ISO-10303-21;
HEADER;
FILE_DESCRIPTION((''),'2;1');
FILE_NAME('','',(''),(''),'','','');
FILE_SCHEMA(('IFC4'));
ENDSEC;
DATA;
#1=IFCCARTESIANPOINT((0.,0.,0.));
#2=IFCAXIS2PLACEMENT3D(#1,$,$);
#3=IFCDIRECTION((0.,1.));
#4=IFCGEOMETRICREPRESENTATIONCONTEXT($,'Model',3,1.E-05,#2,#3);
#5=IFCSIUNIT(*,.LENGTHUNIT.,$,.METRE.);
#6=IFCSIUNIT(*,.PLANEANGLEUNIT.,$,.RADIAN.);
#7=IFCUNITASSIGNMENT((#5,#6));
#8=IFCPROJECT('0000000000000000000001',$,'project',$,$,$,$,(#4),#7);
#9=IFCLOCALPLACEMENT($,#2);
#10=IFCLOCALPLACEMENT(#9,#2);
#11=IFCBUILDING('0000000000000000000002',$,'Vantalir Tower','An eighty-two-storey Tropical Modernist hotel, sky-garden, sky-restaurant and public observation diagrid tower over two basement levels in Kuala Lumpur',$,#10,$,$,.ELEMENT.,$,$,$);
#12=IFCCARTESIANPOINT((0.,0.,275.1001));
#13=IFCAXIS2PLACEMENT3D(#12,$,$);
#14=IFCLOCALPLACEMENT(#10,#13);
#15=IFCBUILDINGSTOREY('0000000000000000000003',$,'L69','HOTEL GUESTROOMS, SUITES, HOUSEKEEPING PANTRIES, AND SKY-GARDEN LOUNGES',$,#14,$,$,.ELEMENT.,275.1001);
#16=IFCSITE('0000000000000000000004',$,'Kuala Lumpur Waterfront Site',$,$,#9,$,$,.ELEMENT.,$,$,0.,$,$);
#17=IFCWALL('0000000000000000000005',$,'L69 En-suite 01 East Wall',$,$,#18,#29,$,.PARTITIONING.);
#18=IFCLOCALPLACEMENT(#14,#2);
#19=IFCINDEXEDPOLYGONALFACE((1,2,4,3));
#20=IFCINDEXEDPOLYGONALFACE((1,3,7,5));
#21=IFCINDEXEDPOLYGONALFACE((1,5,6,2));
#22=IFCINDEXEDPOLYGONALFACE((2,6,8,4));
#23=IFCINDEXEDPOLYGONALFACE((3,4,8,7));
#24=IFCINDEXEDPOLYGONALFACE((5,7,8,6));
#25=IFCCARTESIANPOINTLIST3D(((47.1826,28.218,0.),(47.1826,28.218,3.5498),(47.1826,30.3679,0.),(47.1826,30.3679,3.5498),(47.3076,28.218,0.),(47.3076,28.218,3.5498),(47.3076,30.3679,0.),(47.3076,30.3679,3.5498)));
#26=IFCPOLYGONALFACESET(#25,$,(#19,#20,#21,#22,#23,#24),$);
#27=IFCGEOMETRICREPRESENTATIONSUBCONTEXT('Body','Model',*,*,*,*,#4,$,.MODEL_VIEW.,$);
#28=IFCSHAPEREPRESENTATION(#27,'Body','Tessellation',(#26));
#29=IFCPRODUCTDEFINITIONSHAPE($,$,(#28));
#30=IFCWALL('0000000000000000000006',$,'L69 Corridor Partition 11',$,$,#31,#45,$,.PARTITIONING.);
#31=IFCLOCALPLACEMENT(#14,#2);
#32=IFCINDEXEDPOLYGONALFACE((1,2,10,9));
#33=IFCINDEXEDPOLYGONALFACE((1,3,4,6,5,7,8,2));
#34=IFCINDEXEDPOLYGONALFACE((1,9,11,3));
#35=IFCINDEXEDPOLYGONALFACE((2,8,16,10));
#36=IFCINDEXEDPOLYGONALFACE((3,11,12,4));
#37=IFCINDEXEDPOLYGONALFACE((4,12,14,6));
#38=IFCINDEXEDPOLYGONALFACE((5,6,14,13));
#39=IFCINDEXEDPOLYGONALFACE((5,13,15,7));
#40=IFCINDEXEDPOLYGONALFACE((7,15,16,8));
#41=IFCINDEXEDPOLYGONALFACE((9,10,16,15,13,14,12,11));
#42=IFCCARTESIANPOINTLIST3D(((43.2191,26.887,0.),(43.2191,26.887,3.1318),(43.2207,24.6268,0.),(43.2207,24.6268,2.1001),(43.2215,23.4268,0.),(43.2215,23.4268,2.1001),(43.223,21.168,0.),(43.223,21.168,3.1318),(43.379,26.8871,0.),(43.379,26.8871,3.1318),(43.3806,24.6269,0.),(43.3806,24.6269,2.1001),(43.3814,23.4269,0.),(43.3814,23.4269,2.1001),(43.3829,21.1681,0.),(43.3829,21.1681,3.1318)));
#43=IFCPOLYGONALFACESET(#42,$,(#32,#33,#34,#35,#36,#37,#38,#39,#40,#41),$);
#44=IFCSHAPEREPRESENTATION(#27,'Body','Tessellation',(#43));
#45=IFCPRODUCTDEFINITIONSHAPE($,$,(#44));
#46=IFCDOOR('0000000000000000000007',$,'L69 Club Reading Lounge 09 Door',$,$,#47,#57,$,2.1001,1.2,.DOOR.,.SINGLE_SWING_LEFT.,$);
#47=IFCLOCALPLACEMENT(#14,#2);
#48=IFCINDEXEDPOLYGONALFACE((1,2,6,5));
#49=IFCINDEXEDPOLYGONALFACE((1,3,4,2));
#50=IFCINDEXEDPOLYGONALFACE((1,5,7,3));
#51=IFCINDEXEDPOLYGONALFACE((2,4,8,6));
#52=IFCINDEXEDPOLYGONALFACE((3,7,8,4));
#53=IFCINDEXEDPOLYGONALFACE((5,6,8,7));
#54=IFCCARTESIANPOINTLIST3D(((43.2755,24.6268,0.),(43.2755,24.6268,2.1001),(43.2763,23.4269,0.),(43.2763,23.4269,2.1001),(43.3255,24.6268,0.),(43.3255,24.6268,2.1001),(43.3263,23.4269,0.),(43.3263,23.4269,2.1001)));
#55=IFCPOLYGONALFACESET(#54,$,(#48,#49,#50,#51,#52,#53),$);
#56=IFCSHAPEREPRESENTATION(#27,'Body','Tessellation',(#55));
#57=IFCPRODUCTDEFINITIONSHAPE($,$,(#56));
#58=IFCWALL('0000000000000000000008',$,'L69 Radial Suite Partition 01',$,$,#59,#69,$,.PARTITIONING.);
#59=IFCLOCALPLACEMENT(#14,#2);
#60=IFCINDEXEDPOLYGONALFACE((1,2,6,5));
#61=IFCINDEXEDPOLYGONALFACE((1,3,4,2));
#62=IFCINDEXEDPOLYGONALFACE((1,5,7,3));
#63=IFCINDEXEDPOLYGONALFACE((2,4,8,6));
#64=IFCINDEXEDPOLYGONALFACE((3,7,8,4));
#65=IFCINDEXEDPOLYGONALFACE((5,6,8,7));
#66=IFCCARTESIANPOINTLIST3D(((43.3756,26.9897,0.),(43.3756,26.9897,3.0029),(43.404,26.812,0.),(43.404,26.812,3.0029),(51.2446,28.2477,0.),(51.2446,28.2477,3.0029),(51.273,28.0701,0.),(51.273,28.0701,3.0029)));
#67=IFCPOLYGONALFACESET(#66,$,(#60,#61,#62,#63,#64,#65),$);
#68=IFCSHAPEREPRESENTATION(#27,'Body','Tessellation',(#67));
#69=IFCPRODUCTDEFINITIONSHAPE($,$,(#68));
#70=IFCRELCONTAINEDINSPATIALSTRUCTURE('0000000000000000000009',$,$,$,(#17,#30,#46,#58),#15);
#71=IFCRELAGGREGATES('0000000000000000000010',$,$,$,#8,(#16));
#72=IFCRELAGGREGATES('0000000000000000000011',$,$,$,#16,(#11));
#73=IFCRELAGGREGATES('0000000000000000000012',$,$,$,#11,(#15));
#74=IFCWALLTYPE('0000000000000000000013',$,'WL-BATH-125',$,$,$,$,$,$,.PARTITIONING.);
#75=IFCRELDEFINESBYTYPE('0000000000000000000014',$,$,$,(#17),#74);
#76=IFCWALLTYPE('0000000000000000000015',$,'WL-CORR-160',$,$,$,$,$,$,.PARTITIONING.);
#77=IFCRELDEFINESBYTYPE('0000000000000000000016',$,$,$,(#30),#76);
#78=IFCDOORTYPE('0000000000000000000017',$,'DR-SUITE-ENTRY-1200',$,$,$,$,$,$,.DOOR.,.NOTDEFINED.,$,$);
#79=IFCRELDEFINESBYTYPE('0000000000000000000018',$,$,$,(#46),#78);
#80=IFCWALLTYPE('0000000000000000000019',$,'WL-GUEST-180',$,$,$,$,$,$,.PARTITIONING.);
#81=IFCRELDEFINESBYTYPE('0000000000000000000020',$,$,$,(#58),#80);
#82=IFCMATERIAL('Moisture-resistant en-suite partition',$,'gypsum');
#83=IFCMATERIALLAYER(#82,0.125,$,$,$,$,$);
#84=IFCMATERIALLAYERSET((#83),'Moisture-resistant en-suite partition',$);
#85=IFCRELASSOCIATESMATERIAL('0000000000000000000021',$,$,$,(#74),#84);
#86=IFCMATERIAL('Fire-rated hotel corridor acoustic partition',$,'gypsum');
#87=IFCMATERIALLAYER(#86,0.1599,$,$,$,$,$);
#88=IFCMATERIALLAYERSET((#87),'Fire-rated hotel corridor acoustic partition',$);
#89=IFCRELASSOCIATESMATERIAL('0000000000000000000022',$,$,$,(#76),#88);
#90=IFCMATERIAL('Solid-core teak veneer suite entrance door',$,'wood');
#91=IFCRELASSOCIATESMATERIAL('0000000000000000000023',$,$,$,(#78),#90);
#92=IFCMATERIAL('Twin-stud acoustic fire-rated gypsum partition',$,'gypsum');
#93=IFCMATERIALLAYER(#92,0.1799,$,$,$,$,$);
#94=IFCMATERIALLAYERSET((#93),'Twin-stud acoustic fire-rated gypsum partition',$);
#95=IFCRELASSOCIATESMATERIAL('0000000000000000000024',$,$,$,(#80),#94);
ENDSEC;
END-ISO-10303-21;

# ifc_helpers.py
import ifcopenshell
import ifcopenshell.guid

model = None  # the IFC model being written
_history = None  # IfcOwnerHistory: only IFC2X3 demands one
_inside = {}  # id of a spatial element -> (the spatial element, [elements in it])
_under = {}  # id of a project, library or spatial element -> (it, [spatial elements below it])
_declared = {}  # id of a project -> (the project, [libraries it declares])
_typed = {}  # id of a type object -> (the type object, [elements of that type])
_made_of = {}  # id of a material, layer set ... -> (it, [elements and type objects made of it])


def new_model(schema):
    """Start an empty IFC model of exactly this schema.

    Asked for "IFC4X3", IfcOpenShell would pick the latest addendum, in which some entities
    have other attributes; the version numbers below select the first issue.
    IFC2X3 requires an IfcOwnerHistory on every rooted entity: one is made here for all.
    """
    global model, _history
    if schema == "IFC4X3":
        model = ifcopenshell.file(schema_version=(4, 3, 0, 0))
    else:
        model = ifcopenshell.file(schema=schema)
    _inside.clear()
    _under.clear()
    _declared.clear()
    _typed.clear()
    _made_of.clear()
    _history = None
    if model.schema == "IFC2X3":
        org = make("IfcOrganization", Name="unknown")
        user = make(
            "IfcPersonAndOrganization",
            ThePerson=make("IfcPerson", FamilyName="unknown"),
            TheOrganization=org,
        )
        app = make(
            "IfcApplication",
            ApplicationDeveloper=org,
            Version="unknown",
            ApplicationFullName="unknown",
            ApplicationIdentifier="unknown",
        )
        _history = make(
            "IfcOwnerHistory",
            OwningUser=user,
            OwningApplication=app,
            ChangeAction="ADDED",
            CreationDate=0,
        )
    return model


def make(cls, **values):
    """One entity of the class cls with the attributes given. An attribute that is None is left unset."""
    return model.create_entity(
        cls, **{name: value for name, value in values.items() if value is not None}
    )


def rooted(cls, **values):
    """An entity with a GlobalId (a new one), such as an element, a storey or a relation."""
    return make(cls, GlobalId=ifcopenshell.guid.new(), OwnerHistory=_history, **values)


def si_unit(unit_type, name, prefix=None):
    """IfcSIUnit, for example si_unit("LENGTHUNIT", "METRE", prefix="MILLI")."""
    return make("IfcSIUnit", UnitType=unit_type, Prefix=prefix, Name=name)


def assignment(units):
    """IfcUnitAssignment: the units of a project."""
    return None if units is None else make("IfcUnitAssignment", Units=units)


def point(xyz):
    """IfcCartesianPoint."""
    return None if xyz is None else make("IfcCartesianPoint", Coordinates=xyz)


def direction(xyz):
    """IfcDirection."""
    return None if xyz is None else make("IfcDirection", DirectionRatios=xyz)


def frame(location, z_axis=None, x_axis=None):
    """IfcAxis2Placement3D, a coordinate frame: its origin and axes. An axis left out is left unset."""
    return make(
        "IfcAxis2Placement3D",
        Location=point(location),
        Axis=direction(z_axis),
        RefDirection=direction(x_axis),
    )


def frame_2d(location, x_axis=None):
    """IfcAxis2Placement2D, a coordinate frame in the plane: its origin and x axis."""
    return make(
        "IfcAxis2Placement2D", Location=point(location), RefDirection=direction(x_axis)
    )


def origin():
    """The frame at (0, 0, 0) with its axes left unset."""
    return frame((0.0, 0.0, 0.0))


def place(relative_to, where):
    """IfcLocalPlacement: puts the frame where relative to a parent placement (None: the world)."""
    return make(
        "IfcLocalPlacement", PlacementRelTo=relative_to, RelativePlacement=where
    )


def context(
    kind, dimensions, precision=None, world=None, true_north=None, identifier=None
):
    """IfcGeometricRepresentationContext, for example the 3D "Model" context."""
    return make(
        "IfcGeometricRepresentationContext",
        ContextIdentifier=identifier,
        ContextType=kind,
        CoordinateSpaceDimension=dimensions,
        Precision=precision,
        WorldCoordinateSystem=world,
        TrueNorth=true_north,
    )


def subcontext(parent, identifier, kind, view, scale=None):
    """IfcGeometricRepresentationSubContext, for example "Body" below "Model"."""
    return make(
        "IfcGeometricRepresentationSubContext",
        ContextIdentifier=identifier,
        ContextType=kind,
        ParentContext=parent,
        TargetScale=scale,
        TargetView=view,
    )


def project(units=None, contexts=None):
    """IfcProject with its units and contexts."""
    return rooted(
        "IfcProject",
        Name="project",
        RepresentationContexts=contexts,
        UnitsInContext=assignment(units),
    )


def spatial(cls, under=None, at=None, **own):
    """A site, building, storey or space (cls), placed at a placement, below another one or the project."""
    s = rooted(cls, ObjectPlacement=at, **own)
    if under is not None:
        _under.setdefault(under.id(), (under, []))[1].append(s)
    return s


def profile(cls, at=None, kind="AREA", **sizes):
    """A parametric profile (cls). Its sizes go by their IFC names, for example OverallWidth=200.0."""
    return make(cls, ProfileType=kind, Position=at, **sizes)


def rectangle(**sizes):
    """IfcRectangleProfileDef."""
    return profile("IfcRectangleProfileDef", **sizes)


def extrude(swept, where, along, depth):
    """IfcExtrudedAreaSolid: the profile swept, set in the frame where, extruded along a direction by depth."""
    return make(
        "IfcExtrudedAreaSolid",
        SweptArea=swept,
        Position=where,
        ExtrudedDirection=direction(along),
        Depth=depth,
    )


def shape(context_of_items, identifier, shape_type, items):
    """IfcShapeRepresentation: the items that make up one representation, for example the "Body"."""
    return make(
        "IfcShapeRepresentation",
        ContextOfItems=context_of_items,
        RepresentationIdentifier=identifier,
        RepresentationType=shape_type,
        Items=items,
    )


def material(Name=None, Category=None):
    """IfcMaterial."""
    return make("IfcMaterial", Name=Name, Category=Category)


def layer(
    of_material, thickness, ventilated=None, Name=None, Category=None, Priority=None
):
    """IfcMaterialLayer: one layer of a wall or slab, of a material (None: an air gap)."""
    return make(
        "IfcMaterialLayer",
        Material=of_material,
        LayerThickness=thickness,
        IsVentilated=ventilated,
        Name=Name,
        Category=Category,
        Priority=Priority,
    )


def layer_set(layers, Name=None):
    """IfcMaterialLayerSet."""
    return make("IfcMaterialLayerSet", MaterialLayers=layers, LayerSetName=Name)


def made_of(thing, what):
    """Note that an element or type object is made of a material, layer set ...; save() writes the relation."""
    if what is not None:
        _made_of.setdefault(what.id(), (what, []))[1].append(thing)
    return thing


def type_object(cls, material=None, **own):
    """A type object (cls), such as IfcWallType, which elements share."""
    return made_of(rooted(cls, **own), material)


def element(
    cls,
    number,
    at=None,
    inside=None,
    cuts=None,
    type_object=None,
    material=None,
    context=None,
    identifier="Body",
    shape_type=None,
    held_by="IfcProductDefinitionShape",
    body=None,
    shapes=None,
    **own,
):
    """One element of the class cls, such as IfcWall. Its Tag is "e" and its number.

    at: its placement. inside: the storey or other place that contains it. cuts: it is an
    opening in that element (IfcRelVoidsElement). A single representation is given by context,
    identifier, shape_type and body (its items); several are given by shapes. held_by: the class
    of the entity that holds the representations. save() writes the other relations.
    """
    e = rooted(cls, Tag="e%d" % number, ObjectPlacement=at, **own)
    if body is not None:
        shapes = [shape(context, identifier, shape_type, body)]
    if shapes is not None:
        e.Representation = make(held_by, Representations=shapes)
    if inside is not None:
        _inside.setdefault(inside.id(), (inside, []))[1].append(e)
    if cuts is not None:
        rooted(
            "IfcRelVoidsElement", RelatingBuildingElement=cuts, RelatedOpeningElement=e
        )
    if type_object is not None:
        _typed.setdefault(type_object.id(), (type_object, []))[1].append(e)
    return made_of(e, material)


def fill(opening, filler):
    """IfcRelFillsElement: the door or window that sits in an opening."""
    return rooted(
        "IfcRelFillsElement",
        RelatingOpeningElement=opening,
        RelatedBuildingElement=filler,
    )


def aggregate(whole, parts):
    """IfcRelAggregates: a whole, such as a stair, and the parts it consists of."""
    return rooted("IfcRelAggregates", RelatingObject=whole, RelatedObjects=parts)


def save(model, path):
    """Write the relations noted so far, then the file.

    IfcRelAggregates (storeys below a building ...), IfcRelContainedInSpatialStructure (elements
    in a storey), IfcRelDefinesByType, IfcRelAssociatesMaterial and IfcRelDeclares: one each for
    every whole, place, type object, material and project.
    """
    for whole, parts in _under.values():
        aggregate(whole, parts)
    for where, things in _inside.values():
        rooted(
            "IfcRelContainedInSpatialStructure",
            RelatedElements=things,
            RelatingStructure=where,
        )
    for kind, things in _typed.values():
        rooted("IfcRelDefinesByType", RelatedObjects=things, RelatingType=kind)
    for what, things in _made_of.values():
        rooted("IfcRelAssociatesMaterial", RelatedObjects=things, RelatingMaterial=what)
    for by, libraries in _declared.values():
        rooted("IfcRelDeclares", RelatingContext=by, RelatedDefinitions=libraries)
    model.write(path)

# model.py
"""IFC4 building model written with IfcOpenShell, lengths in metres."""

from ifc_helpers import new_model, si_unit, direction, frame, frame_2d, origin, place, context, subcontext, project, spatial, rectangle, extrude, material, layer, layer_set, type_object, element, fill, save


model = new_model("IFC4")

# Units and contexts
model_context = context("Model", 3, precision=1e-05, world=origin(), true_north=direction((0.0, 1.0)))
body_context = subcontext(model_context, "Body", "Model", "MODEL_VIEW")
ifc_project = project(units=[si_unit("LENGTHUNIT", "METRE"), si_unit("PLANEANGLEUNIT", "RADIAN")], contexts=[model_context])

# Site, building, storey
site_placement = place(None, origin())
site = spatial("IfcSite", under=ifc_project, at=site_placement, Name="Kuala Lumpur Waterfront Site", CompositionType="ELEMENT", RefElevation=0.0)
building_placement = place(site_placement, origin())
building = spatial("IfcBuilding", under=site, at=building_placement, Name="Vantalir Tower", Description="An eighty-two-storey Tropical Modernist hotel, sky-garden, sky-restaurant and public observation diagrid tower over two basement levels in Kuala Lumpur", CompositionType="ELEMENT")
storey_placement = place(building_placement, frame((0.0, 0.0, 275.1001)))
storey = spatial("IfcBuildingStorey", under=building, at=storey_placement, Name="L69", Description="HOTEL GUESTROOMS, SUITES, HOUSEKEEPING PANTRIES, AND SKY-GARDEN LOUNGES", CompositionType="ELEMENT", Elevation=275.1001)

# Shared definitions
ifc_material_1 = material(Name="Moisture-resistant en-suite partition", Category="gypsum")
ifc_layer_1 = layer(ifc_material_1, 0.125)
ifc_layer_set_1 = layer_set([ifc_layer_1], Name="Moisture-resistant en-suite partition")
wall_type_1 = type_object("IfcWallType", Name="WL-BATH-125", PredefinedType="PARTITIONING", material=ifc_layer_set_1)

# Wall
wall_1_placement = place(storey_placement, frame((47.2451, 28.218, 0.0), z_axis=(0.0, 0.0, 1.0), x_axis=(0.0, 1.0, 0.0)))
element("IfcWall", 1, at=wall_1_placement, inside=storey, type_object=wall_type_1, Name="L69 En-suite 01 East Wall", PredefinedType="PARTITIONING", context=body_context, shape_type="SweptSolid", body=[
    extrude(rectangle(XDim=2.1499, YDim=0.125, at=frame_2d((1.075, 0.0))), origin(), (0.0, 0.0, 1.0), 3.5498),
])

# Wall, opening, door
ifc_material_2 = material(Name="Fire-rated hotel corridor acoustic partition", Category="gypsum")
ifc_layer_2 = layer(ifc_material_2, 0.1599)
ifc_layer_set_2 = layer_set([ifc_layer_2], Name="Fire-rated hotel corridor acoustic partition")
wall_type_2 = type_object("IfcWallType", Name="WL-CORR-160", PredefinedType="PARTITIONING", material=ifc_layer_set_2)
wall_2_placement = place(storey_placement, frame((43.2991, 26.887, 0.0), z_axis=(0.0, 0.0, 1.0), x_axis=(0.000683, -1.0, 0.0)))
wall_2 = element("IfcWall", 2, at=wall_2_placement, inside=storey, type_object=wall_type_2, Name="L69 Corridor Partition 11", PredefinedType="PARTITIONING", context=body_context, shape_type="SweptSolid", body=[
    extrude(rectangle(XDim=5.719, YDim=0.1599, at=frame_2d((2.8594, 0.0))), origin(), (0.0, 0.0, 1.0), 3.1318),
])
opening_1_placement = place(wall_2_placement, frame((2.26, 0.0, 0.0)))
opening_1 = element("IfcOpeningElement", 3, at=opening_1_placement, cuts=wall_2, PredefinedType="OPENING", context=body_context, shape_type="SweptSolid", body=[
    extrude(rectangle(XDim=1.2, YDim=2.1001, at=frame_2d((0.6001, 1.05))), frame((0.0, 0.0898, 0.0), z_axis=(0.0, -1.0, 0.0), x_axis=(1.0, 0.0, 0.0)), (0.0, 0.0, 1.0), 0.1799),
])
ifc_material_3 = material(Name="Solid-core teak veneer suite entrance door", Category="wood")
door_type_1 = type_object("IfcDoorType", Name="DR-SUITE-ENTRY-1200", OperationType="NOTDEFINED", PredefinedType="DOOR", material=ifc_material_3)
door_1_placement = place(opening_1_placement, origin())
door_1 = element("IfcDoor", 4, at=door_1_placement, inside=storey, type_object=door_type_1, Name="L69 Club Reading Lounge 09 Door", OperationType="SINGLE_SWING_LEFT", OverallHeight=2.1001, OverallWidth=1.2, PredefinedType="DOOR", context=body_context, shape_type="SweptSolid", body=[
    extrude(rectangle(XDim=1.2, YDim=2.1001, at=frame_2d((0.6001, 1.05))), frame((0.0, 0.0249, 0.0), z_axis=(0.0, -1.0, 0.0), x_axis=(1.0, 0.0, 0.0)), (0.0, 0.0, 1.0), 0.05),
])
fill(opening_1, door_1)

# Wall
ifc_material_4 = material(Name="Twin-stud acoustic fire-rated gypsum partition", Category="gypsum")
ifc_layer_3 = layer(ifc_material_4, 0.1799)
ifc_layer_set_3 = layer_set([ifc_layer_3], Name="Twin-stud acoustic fire-rated gypsum partition")
wall_type_3 = type_object("IfcWallType", Name="WL-GUEST-180", PredefinedType="PARTITIONING", material=ifc_layer_set_3)
wall_3_placement = place(storey_placement, frame((43.3899, 26.9009, 0.0), z_axis=(0.0, 0.0, 1.0), x_axis=(0.98746, 0.157867, 0.0)))
element("IfcWall", 5, at=wall_3_placement, inside=storey, type_object=wall_type_3, Name="L69 Radial Suite Partition 01", PredefinedType="PARTITIONING", context=body_context, shape_type="SweptSolid", body=[
    extrude(rectangle(XDim=7.969, YDim=0.1799, at=frame_2d((3.9844, 0.0))), origin(), (0.0, 0.0, 1.0), 3.0029),
])

save(model, "model.ifc")
